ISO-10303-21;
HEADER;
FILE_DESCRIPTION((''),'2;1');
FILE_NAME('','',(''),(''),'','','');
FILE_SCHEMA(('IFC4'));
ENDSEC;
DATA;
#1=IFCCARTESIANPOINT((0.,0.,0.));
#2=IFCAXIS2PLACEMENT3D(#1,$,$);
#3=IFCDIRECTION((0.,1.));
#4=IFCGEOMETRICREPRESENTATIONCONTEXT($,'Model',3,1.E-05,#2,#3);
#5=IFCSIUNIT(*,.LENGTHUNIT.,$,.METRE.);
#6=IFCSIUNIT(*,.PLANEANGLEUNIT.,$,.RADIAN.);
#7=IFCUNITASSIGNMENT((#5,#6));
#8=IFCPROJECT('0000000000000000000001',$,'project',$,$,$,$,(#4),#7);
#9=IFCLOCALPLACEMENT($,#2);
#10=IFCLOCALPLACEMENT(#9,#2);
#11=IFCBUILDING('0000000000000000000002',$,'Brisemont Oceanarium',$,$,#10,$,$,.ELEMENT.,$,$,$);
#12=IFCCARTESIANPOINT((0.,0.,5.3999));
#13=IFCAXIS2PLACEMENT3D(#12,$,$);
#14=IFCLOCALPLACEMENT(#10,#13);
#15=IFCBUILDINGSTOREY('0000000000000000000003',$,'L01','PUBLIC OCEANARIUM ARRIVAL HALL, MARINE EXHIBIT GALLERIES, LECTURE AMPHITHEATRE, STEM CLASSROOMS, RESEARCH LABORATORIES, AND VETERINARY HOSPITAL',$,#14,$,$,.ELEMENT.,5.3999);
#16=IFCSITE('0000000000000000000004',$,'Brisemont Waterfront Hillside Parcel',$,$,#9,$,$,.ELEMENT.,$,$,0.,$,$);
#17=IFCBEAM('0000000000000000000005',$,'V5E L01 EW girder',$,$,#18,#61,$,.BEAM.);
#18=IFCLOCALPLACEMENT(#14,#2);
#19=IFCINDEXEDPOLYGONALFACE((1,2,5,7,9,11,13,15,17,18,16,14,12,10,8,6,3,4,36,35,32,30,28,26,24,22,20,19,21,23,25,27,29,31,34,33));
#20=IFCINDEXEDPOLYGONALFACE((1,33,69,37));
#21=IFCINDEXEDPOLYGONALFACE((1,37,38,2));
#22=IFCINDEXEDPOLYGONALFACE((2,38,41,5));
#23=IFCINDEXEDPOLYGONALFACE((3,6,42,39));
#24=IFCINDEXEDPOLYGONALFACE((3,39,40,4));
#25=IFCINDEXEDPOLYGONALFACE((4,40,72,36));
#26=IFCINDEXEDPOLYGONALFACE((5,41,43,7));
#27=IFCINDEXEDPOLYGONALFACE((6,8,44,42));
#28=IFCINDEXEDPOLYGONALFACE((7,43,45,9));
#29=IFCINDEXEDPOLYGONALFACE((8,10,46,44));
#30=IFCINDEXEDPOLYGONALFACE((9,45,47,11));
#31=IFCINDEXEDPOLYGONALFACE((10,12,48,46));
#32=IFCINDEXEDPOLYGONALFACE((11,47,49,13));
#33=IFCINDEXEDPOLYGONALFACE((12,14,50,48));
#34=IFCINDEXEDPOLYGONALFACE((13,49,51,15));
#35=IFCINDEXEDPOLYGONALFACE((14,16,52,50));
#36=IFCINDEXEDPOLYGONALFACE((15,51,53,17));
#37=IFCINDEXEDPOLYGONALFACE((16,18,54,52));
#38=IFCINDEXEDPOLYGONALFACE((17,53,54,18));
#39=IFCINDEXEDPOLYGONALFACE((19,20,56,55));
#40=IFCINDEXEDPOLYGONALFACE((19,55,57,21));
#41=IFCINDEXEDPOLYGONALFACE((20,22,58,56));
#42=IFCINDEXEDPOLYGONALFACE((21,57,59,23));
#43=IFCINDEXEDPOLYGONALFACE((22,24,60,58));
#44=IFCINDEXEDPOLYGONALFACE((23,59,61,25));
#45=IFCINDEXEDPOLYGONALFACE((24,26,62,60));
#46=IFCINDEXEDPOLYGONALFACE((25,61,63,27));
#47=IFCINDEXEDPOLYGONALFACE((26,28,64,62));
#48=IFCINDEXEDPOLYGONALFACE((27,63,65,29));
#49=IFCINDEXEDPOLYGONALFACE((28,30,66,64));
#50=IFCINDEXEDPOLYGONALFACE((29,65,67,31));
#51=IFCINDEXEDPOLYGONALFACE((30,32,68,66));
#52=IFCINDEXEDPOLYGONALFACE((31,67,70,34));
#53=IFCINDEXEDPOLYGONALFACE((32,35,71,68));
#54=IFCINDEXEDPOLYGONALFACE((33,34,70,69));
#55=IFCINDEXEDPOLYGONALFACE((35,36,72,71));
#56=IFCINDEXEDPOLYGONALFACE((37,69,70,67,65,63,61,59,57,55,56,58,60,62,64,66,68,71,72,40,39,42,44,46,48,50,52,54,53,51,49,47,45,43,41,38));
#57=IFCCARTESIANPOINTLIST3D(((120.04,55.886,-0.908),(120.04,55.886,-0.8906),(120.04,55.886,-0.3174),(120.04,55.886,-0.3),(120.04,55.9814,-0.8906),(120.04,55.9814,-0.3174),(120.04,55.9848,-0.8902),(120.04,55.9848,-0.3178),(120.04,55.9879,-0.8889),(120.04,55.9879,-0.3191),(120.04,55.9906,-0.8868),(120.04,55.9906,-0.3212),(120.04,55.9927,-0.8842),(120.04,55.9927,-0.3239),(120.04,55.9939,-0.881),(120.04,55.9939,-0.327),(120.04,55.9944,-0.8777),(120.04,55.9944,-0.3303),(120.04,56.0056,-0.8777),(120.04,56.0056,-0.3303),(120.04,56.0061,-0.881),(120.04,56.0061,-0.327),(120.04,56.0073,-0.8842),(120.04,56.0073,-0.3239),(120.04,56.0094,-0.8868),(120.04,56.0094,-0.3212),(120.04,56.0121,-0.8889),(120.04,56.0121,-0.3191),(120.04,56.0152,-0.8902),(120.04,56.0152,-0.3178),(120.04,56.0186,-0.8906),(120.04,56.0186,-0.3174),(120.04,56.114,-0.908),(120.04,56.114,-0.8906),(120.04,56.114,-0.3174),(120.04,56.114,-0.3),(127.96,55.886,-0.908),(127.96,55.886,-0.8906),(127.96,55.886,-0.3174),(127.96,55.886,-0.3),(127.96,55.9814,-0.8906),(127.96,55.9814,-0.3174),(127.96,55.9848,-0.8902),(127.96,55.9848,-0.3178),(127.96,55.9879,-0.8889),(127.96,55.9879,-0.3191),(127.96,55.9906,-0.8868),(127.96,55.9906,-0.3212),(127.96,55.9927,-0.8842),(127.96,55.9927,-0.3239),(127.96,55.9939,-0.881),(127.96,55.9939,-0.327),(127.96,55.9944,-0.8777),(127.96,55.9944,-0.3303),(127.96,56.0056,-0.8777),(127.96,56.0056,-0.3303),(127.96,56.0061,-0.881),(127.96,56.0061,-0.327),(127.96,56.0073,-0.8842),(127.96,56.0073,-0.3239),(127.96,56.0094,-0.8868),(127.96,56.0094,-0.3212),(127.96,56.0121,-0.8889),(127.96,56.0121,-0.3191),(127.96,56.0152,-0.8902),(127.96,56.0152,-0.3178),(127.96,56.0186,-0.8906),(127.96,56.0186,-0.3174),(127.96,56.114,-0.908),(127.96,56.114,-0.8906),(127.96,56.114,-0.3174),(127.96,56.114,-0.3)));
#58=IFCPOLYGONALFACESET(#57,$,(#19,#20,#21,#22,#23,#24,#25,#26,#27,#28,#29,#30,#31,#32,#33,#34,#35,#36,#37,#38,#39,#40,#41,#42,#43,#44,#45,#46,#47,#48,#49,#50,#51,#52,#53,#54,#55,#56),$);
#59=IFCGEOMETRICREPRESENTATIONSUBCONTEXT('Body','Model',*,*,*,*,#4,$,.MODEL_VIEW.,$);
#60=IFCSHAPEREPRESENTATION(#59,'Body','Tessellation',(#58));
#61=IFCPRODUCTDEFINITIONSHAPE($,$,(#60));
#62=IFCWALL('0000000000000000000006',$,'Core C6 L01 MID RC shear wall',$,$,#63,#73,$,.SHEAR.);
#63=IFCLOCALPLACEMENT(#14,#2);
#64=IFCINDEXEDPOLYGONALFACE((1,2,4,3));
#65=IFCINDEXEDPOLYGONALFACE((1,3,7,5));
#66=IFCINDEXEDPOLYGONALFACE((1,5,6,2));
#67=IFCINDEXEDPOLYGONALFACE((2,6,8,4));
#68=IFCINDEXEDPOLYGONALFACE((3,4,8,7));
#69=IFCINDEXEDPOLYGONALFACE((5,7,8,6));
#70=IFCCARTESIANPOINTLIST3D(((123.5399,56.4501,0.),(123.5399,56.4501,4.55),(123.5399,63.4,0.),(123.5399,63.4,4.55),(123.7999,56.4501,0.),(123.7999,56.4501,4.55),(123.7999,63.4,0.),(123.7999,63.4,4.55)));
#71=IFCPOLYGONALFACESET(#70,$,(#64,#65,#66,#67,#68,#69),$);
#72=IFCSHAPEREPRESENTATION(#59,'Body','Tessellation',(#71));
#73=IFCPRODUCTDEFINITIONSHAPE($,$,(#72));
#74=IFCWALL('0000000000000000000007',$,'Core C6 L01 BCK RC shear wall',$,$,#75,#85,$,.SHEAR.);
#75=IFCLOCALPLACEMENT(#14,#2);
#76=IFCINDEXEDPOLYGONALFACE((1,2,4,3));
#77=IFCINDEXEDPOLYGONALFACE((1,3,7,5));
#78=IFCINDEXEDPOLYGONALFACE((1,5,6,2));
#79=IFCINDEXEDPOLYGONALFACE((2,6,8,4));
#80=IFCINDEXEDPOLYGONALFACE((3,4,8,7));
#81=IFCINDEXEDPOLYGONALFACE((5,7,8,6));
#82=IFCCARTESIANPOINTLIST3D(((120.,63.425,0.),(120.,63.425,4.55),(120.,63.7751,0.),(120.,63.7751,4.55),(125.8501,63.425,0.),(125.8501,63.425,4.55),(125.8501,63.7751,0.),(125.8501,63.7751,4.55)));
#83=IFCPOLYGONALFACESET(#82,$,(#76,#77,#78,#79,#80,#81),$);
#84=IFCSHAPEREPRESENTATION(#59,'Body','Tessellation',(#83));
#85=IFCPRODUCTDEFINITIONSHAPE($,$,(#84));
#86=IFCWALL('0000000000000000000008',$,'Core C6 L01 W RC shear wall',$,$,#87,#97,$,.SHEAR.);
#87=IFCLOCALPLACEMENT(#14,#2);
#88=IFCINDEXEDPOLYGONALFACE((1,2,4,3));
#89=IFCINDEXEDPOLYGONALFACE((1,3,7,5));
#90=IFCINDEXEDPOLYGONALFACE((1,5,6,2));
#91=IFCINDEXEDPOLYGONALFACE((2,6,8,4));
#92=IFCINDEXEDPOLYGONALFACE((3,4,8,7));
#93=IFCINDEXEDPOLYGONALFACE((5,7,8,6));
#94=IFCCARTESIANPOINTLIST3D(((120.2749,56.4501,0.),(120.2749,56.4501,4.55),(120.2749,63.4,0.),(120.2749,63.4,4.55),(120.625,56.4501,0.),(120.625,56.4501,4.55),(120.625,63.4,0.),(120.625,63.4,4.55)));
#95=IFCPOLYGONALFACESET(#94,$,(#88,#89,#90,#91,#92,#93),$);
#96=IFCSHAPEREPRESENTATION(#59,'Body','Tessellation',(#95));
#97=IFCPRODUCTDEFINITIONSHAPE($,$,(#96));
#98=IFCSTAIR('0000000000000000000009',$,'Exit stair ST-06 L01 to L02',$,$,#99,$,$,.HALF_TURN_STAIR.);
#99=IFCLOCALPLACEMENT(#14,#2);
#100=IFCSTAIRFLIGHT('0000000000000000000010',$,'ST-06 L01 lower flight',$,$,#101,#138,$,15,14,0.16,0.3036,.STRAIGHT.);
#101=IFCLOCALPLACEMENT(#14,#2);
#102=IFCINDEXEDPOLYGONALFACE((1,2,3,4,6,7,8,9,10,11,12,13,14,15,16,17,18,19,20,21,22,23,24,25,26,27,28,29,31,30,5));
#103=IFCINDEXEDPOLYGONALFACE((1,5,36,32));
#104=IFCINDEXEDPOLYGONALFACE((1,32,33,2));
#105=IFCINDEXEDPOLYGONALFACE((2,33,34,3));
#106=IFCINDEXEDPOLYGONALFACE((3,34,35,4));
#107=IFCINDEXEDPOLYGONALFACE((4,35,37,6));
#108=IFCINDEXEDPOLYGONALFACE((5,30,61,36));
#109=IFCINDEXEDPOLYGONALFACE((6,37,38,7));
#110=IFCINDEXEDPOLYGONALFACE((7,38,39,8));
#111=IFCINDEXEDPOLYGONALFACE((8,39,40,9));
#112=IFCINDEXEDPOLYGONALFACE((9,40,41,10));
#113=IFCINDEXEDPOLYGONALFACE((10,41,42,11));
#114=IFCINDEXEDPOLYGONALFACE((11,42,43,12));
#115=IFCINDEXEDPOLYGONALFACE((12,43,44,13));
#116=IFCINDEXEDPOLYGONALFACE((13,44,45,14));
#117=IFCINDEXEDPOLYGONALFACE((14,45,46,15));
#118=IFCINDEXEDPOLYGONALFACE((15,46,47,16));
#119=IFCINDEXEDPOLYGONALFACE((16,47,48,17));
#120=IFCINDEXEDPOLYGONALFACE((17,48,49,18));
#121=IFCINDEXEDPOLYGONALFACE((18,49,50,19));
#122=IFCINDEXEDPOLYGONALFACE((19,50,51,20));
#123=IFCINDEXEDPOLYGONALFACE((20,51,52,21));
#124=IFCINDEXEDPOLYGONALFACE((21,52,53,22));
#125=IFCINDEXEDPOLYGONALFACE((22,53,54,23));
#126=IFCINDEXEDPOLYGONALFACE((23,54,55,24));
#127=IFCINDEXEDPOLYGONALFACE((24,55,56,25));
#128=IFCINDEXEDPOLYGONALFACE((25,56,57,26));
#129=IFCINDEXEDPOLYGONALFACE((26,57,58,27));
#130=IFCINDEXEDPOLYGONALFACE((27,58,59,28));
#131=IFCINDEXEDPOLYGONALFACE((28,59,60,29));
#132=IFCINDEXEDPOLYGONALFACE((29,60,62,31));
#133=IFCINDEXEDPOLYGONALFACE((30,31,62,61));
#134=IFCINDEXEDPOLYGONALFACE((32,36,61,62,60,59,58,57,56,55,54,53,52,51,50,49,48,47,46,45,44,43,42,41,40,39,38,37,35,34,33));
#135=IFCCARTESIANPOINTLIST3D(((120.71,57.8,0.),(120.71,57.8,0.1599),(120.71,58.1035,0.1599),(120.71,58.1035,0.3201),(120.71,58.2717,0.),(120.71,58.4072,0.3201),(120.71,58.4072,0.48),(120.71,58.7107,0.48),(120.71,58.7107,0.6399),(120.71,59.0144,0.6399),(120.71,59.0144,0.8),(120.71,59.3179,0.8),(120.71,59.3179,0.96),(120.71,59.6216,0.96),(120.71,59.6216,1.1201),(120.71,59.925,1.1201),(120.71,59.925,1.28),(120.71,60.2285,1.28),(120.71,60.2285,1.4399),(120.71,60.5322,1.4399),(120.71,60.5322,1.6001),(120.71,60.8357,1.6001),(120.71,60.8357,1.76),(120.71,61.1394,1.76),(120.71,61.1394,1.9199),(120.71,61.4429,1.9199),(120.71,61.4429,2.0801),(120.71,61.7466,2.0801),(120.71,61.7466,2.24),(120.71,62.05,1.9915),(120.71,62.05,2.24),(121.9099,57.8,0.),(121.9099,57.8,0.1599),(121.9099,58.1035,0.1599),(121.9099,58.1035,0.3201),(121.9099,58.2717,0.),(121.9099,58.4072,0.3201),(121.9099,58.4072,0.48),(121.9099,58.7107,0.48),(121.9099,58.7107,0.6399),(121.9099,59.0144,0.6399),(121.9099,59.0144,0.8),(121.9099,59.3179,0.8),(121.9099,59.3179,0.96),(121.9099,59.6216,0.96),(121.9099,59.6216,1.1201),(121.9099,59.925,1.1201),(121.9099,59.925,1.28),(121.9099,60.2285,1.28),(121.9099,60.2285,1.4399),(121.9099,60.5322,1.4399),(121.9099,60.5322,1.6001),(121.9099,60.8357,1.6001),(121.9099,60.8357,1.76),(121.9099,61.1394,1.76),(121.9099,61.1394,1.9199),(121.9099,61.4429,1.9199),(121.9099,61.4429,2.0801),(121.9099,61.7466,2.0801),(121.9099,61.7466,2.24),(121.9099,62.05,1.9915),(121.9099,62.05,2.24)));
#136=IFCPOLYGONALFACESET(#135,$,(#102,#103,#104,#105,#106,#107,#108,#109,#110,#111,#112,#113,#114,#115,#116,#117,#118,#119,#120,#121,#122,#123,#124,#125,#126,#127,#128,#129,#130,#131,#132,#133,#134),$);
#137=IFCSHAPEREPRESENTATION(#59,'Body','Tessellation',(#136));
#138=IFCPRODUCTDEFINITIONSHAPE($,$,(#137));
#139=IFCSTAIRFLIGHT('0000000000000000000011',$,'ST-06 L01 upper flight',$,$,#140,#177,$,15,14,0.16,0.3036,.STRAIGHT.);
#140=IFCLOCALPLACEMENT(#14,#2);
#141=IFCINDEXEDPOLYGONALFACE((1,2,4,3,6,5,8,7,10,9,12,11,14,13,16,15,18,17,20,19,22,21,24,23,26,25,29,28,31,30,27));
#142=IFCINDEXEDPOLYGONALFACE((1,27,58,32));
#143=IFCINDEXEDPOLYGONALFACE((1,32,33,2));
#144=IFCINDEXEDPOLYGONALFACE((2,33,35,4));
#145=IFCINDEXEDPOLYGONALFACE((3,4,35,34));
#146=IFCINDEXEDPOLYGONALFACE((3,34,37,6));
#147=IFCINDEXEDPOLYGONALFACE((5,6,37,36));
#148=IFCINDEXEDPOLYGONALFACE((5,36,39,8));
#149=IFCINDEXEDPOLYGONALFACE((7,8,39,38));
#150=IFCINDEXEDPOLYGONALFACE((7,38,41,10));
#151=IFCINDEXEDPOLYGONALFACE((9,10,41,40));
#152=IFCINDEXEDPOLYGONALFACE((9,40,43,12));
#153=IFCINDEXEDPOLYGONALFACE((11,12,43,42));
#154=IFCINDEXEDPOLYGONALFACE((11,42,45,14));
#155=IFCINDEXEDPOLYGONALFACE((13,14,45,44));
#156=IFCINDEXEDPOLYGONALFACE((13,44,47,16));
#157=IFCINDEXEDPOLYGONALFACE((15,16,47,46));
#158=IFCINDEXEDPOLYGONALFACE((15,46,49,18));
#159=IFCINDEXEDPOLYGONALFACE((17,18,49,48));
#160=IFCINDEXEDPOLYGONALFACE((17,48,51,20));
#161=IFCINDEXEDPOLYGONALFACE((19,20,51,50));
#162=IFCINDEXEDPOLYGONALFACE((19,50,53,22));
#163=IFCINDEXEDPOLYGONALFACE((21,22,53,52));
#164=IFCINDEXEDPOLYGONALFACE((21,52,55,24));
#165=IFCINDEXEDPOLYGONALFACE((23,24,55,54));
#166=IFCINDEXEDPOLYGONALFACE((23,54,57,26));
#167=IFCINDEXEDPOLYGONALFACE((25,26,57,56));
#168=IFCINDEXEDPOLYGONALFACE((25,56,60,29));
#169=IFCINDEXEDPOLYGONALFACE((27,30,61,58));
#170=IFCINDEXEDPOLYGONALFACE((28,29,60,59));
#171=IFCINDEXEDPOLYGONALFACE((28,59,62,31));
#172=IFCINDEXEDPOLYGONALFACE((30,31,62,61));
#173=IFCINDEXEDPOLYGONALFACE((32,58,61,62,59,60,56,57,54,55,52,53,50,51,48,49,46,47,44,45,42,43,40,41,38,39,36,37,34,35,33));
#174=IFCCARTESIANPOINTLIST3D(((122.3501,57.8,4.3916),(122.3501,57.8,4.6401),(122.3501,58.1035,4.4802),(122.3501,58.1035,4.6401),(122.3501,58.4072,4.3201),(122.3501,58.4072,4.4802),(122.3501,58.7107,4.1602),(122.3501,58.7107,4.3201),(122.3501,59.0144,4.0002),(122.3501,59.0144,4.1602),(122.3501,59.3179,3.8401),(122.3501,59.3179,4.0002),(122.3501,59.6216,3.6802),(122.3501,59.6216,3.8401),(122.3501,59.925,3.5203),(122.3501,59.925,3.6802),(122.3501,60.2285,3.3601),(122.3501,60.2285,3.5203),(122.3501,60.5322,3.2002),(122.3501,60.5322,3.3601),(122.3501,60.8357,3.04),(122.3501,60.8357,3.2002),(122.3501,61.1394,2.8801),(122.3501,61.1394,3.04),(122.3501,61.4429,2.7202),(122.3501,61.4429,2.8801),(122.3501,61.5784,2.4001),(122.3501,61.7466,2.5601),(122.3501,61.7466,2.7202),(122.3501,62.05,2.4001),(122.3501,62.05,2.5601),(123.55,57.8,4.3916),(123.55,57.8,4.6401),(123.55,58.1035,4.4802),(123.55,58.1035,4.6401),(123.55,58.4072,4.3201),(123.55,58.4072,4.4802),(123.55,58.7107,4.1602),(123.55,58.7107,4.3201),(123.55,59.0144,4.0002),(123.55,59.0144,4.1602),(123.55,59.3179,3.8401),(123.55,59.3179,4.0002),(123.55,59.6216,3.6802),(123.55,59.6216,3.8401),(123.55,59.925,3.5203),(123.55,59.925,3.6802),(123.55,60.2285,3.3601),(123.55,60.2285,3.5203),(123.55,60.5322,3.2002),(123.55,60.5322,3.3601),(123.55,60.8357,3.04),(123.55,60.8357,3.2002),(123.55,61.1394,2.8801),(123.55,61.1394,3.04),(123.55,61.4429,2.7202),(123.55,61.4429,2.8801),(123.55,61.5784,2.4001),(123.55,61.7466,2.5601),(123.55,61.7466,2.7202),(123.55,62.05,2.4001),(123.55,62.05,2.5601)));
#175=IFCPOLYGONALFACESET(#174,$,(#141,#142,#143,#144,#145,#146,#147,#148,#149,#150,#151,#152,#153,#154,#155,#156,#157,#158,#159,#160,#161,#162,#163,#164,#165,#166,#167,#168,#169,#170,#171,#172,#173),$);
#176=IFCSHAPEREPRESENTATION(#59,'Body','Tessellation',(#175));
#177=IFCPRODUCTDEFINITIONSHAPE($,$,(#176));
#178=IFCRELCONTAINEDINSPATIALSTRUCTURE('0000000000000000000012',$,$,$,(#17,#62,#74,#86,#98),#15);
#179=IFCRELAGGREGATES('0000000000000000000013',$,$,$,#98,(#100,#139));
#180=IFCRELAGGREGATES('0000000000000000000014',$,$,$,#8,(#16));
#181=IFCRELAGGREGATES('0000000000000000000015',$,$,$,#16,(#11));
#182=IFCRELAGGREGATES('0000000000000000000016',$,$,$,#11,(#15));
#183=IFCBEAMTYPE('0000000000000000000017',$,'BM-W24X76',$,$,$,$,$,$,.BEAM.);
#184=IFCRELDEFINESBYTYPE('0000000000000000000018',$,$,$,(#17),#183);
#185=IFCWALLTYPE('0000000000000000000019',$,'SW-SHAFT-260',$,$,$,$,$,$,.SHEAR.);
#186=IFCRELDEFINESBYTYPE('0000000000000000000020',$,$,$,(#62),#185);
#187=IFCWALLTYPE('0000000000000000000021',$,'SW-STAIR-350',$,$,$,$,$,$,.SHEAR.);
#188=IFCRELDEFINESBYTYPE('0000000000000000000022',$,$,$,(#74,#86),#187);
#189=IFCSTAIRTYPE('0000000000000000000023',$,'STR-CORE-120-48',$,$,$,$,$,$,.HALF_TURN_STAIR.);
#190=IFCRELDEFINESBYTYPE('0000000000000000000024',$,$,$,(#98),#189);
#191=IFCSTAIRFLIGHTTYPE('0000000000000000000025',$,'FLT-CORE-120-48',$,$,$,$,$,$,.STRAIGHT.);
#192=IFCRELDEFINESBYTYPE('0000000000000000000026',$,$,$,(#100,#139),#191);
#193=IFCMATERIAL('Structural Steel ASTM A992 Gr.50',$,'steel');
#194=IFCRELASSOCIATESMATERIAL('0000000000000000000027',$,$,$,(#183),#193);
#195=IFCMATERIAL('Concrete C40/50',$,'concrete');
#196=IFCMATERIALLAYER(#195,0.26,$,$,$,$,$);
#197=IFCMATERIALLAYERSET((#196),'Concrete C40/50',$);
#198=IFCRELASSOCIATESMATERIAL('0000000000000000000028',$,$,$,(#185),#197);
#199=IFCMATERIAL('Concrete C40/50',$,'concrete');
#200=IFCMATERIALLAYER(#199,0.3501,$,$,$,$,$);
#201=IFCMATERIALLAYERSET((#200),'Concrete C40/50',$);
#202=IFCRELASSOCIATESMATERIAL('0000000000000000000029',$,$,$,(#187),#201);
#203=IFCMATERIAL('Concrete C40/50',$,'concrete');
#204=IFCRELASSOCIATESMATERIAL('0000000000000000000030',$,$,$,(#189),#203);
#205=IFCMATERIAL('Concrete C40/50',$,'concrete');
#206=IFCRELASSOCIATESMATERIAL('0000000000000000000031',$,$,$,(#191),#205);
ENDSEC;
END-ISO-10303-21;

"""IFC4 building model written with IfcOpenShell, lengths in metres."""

from ifc_helpers import new_model, si_unit, direction, frame, frame_2d, origin, origin_2d, place, context, subcontext, project, spatial, polyline, rectangle, i_section, outline, extrude, material, layer, layer_set, material_profile, profile_set, type_object, element, aggregate, save


model = new_model("IFC4")

# Units and contexts
model_context = context("Model", 3, precision=1e-05, world=origin(), true_north=direction((0.0, 1.0)))
body_context = subcontext(model_context, "Body", "Model", "MODEL_VIEW")
ifc_project = project(units=[si_unit("LENGTHUNIT", "METRE"), si_unit("PLANEANGLEUNIT", "RADIAN")], contexts=[model_context])

# Site, building, storey
site_placement = place(None, origin())
site = spatial("IfcSite", under=ifc_project, at=site_placement, Name="Brisemont Waterfront Hillside Parcel", CompositionType="ELEMENT", RefElevation=0.0)
building_placement = place(site_placement, origin())
building = spatial("IfcBuilding", under=site, at=building_placement, Name="Brisemont Oceanarium", CompositionType="ELEMENT")
storey_placement = place(building_placement, frame((0.0, 0.0, 5.3999)))
storey = spatial("IfcBuildingStorey", under=building, at=storey_placement, Name="L01", Description="PUBLIC OCEANARIUM ARRIVAL HALL, MARINE EXHIBIT GALLERIES, LECTURE AMPHITHEATRE, STEM CLASSROOMS, RESEARCH LABORATORIES, AND VETERINARY HOSPITAL", CompositionType="ELEMENT", Elevation=5.3999)

# Beam
ifc_material_1 = material(Name="Structural Steel ASTM A992 Gr.50", Category="steel")
ifc_material_profile_1 = material_profile(ifc_material_1, i_section(OverallWidth=0.228, OverallDepth=0.6079, WebThickness=0.0112, FlangeThickness=0.0173, FilletRadius=0.0129, at=origin_2d()), Name="W24X76")
ifc_profile_set_1 = profile_set([ifc_material_profile_1], Name="Structural Steel ASTM A992 Gr.50")
beam_type_1 = type_object("IfcBeamType", Name="BM-W24X76", PredefinedType="BEAM", material=ifc_profile_set_1)
beam_1_placement = place(storey_placement, frame((120.04, 56.0, -0.604), z_axis=(1.0, 0.0, 0.0), x_axis=(0.0, 1.0, 0.0)))
element("IfcBeam", 1, at=beam_1_placement, inside=storey, type_object=beam_type_1, Name="V5E L01 EW girder", PredefinedType="BEAM", context=body_context, shape_type="SweptSolid", body=[
    extrude(i_section(OverallWidth=0.228, OverallDepth=0.6079, WebThickness=0.0112, FlangeThickness=0.0173, FilletRadius=0.0129, at=origin_2d()), origin(), (0.0, 0.0, 1.0), 7.9199),
])

# Wall
ifc_material_2 = material(Name="Concrete C40/50", Category="concrete")
ifc_layer_1 = layer(ifc_material_2, 0.26)
ifc_layer_set_1 = layer_set([ifc_layer_1], Name="Concrete C40/50")
wall_type_1 = type_object("IfcWallType", Name="SW-SHAFT-260", PredefinedType="SHEAR", material=ifc_layer_set_1)
wall_1_placement = place(storey_placement, frame((123.6699, 56.45, 0.0), z_axis=(0.0, 0.0, 1.0), x_axis=(0.0, 1.0, 0.0)))
element("IfcWall", 2, at=wall_1_placement, inside=storey, type_object=wall_type_1, Name="Core C6 L01 MID RC shear wall", PredefinedType="SHEAR", context=body_context, shape_type="SweptSolid", body=[
    extrude(rectangle(XDim=6.95, YDim=0.26, at=frame_2d((3.4751, 0.0))), origin(), (0.0, 0.0, 1.0), 4.55),
])

# Shared definitions
ifc_material_3 = material(Name="Concrete C40/50", Category="concrete")
ifc_layer_2 = layer(ifc_material_3, 0.3501)
ifc_layer_set_2 = layer_set([ifc_layer_2], Name="Concrete C40/50")
wall_type_2 = type_object("IfcWallType", Name="SW-STAIR-350", PredefinedType="SHEAR", material=ifc_layer_set_2)

# Walls
wall_2_placement = place(storey_placement, frame((120.0, 63.6001, 0.0), z_axis=(0.0, 0.0, 1.0), x_axis=(1.0, 0.0, 0.0)))
element("IfcWall", 3, at=wall_2_placement, inside=storey, type_object=wall_type_2, Name="Core C6 L01 BCK RC shear wall", PredefinedType="SHEAR", context=body_context, shape_type="SweptSolid", body=[
    extrude(rectangle(XDim=5.8501, YDim=0.3501, at=frame_2d((2.925, 0.0))), origin(), (0.0, 0.0, 1.0), 4.55),
])
wall_3_placement = place(storey_placement, frame((120.45, 56.45, 0.0), z_axis=(0.0, 0.0, 1.0), x_axis=(0.0, 1.0, 0.0)))
element("IfcWall", 4, at=wall_3_placement, inside=storey, type_object=wall_type_2, Name="Core C6 L01 W RC shear wall", PredefinedType="SHEAR", context=body_context, shape_type="SweptSolid", body=[
    extrude(rectangle(XDim=6.95, YDim=0.3501, at=frame_2d((3.4751, 0.0))), origin(), (0.0, 0.0, 1.0), 4.55),
])

# Stair, stair flights
ifc_material_4 = material(Name="Concrete C40/50", Category="concrete")
stair_type = type_object("IfcStairType", Name="STR-CORE-120-48", PredefinedType="HALF_TURN_STAIR", material=ifc_material_4)
stair_placement = place(storey_placement, origin())
stair = element("IfcStair", 5, at=stair_placement, inside=storey, type_object=stair_type, Name="Exit stair ST-06 L01 to L02", PredefinedType="HALF_TURN_STAIR")
ifc_material_5 = material(Name="Concrete C40/50", Category="concrete")
stair_flight_type = type_object("IfcStairFlightType", Name="FLT-CORE-120-48", PredefinedType="STRAIGHT", material=ifc_material_5)
stair_flight_1_placement = place(storey_placement, frame((121.3101, 57.8, 0.0), z_axis=(0.0, 0.0, 1.0), x_axis=(0.0, 1.0, 0.0)))
stair_flight_1 = element("IfcStairFlight", 6, at=stair_flight_1_placement, type_object=stair_flight_type, Name="ST-06 L01 lower flight", NumberOfRisers=15, NumberOfTreads=14, PredefinedType="STRAIGHT", RiserHeight=0.16, TreadLength=0.3036, context=body_context, shape_type="SweptSolid", body=[
    extrude(outline(polyline([(0.0, 0.0), (0.0, 0.1599), (0.3035, 0.1599), (0.3035, 0.3201), (0.6072, 0.3201), (0.6072, 0.48), (0.9106, 0.48), (0.9106, 0.6399), (1.2144, 0.6399), (1.2144, 0.8), (1.5178, 0.8), (1.5178, 0.96), (1.8215, 0.96), (1.8215, 1.1201), (2.125, 1.1201), (2.125, 1.28), (2.4285, 1.28), (2.4285, 1.4399), (2.7322, 1.4399), (2.7322, 1.6001), (3.0356, 1.6001), (3.0356, 1.76), (3.3394, 1.76), (3.3394, 1.9199), (3.6428, 1.9199), (3.6428, 2.0801), (3.9465, 2.0801), (3.9465, 2.24), (4.25, 2.24), (4.25, 2.3999), (4.25, 1.9915), (0.4717, 0.0), (0.0, 0.0)])), frame((0.0, 0.6001, 0.0), z_axis=(0.0, -1.0, 0.0), x_axis=(1.0, 0.0, 0.0)), (0.0, 0.0, 1.0), 1.2),
])
stair_flight_2_placement = place(storey_placement, frame((122.95, 62.05, 2.4001), z_axis=(0.0, 0.0, 1.0), x_axis=(0.0, -1.0, 0.0)))
stair_flight_2 = element("IfcStairFlight", 7, at=stair_flight_2_placement, type_object=stair_flight_type, Name="ST-06 L01 upper flight", NumberOfRisers=15, NumberOfTreads=14, PredefinedType="STRAIGHT", RiserHeight=0.16, TreadLength=0.3036, context=body_context, shape_type="SweptSolid", body=[
    extrude(outline(polyline([(0.0, 0.0), (0.0, 0.1599), (0.3035, 0.1599), (0.3035, 0.3201), (0.6072, 0.3201), (0.6072, 0.48), (0.9106, 0.48), (0.9106, 0.6399), (1.2144, 0.6399), (1.2144, 0.8), (1.5178, 0.8), (1.5178, 0.96), (1.8215, 0.96), (1.8215, 1.1201), (2.125, 1.1201), (2.125, 1.28), (2.4285, 1.28), (2.4285, 1.4399), (2.7322, 1.4399), (2.7322, 1.6001), (3.0356, 1.6001), (3.0356, 1.76), (3.3394, 1.76), (3.3394, 1.9199), (3.6428, 1.9199), (3.6428, 2.0801), (3.9465, 2.0801), (3.9465, 2.24), (4.25, 2.24), (4.25, 2.3999), (4.25, 1.9915), (0.4717, 0.0), (0.0, 0.0)])), frame((0.0, 0.6001, 0.0), z_axis=(0.0, -1.0, 0.0), x_axis=(1.0, 0.0, 0.0)), (0.0, 0.0, 1.0), 1.2),
])
aggregate(stair, [stair_flight_1, stair_flight_2])

save(model, "model.ifc")
